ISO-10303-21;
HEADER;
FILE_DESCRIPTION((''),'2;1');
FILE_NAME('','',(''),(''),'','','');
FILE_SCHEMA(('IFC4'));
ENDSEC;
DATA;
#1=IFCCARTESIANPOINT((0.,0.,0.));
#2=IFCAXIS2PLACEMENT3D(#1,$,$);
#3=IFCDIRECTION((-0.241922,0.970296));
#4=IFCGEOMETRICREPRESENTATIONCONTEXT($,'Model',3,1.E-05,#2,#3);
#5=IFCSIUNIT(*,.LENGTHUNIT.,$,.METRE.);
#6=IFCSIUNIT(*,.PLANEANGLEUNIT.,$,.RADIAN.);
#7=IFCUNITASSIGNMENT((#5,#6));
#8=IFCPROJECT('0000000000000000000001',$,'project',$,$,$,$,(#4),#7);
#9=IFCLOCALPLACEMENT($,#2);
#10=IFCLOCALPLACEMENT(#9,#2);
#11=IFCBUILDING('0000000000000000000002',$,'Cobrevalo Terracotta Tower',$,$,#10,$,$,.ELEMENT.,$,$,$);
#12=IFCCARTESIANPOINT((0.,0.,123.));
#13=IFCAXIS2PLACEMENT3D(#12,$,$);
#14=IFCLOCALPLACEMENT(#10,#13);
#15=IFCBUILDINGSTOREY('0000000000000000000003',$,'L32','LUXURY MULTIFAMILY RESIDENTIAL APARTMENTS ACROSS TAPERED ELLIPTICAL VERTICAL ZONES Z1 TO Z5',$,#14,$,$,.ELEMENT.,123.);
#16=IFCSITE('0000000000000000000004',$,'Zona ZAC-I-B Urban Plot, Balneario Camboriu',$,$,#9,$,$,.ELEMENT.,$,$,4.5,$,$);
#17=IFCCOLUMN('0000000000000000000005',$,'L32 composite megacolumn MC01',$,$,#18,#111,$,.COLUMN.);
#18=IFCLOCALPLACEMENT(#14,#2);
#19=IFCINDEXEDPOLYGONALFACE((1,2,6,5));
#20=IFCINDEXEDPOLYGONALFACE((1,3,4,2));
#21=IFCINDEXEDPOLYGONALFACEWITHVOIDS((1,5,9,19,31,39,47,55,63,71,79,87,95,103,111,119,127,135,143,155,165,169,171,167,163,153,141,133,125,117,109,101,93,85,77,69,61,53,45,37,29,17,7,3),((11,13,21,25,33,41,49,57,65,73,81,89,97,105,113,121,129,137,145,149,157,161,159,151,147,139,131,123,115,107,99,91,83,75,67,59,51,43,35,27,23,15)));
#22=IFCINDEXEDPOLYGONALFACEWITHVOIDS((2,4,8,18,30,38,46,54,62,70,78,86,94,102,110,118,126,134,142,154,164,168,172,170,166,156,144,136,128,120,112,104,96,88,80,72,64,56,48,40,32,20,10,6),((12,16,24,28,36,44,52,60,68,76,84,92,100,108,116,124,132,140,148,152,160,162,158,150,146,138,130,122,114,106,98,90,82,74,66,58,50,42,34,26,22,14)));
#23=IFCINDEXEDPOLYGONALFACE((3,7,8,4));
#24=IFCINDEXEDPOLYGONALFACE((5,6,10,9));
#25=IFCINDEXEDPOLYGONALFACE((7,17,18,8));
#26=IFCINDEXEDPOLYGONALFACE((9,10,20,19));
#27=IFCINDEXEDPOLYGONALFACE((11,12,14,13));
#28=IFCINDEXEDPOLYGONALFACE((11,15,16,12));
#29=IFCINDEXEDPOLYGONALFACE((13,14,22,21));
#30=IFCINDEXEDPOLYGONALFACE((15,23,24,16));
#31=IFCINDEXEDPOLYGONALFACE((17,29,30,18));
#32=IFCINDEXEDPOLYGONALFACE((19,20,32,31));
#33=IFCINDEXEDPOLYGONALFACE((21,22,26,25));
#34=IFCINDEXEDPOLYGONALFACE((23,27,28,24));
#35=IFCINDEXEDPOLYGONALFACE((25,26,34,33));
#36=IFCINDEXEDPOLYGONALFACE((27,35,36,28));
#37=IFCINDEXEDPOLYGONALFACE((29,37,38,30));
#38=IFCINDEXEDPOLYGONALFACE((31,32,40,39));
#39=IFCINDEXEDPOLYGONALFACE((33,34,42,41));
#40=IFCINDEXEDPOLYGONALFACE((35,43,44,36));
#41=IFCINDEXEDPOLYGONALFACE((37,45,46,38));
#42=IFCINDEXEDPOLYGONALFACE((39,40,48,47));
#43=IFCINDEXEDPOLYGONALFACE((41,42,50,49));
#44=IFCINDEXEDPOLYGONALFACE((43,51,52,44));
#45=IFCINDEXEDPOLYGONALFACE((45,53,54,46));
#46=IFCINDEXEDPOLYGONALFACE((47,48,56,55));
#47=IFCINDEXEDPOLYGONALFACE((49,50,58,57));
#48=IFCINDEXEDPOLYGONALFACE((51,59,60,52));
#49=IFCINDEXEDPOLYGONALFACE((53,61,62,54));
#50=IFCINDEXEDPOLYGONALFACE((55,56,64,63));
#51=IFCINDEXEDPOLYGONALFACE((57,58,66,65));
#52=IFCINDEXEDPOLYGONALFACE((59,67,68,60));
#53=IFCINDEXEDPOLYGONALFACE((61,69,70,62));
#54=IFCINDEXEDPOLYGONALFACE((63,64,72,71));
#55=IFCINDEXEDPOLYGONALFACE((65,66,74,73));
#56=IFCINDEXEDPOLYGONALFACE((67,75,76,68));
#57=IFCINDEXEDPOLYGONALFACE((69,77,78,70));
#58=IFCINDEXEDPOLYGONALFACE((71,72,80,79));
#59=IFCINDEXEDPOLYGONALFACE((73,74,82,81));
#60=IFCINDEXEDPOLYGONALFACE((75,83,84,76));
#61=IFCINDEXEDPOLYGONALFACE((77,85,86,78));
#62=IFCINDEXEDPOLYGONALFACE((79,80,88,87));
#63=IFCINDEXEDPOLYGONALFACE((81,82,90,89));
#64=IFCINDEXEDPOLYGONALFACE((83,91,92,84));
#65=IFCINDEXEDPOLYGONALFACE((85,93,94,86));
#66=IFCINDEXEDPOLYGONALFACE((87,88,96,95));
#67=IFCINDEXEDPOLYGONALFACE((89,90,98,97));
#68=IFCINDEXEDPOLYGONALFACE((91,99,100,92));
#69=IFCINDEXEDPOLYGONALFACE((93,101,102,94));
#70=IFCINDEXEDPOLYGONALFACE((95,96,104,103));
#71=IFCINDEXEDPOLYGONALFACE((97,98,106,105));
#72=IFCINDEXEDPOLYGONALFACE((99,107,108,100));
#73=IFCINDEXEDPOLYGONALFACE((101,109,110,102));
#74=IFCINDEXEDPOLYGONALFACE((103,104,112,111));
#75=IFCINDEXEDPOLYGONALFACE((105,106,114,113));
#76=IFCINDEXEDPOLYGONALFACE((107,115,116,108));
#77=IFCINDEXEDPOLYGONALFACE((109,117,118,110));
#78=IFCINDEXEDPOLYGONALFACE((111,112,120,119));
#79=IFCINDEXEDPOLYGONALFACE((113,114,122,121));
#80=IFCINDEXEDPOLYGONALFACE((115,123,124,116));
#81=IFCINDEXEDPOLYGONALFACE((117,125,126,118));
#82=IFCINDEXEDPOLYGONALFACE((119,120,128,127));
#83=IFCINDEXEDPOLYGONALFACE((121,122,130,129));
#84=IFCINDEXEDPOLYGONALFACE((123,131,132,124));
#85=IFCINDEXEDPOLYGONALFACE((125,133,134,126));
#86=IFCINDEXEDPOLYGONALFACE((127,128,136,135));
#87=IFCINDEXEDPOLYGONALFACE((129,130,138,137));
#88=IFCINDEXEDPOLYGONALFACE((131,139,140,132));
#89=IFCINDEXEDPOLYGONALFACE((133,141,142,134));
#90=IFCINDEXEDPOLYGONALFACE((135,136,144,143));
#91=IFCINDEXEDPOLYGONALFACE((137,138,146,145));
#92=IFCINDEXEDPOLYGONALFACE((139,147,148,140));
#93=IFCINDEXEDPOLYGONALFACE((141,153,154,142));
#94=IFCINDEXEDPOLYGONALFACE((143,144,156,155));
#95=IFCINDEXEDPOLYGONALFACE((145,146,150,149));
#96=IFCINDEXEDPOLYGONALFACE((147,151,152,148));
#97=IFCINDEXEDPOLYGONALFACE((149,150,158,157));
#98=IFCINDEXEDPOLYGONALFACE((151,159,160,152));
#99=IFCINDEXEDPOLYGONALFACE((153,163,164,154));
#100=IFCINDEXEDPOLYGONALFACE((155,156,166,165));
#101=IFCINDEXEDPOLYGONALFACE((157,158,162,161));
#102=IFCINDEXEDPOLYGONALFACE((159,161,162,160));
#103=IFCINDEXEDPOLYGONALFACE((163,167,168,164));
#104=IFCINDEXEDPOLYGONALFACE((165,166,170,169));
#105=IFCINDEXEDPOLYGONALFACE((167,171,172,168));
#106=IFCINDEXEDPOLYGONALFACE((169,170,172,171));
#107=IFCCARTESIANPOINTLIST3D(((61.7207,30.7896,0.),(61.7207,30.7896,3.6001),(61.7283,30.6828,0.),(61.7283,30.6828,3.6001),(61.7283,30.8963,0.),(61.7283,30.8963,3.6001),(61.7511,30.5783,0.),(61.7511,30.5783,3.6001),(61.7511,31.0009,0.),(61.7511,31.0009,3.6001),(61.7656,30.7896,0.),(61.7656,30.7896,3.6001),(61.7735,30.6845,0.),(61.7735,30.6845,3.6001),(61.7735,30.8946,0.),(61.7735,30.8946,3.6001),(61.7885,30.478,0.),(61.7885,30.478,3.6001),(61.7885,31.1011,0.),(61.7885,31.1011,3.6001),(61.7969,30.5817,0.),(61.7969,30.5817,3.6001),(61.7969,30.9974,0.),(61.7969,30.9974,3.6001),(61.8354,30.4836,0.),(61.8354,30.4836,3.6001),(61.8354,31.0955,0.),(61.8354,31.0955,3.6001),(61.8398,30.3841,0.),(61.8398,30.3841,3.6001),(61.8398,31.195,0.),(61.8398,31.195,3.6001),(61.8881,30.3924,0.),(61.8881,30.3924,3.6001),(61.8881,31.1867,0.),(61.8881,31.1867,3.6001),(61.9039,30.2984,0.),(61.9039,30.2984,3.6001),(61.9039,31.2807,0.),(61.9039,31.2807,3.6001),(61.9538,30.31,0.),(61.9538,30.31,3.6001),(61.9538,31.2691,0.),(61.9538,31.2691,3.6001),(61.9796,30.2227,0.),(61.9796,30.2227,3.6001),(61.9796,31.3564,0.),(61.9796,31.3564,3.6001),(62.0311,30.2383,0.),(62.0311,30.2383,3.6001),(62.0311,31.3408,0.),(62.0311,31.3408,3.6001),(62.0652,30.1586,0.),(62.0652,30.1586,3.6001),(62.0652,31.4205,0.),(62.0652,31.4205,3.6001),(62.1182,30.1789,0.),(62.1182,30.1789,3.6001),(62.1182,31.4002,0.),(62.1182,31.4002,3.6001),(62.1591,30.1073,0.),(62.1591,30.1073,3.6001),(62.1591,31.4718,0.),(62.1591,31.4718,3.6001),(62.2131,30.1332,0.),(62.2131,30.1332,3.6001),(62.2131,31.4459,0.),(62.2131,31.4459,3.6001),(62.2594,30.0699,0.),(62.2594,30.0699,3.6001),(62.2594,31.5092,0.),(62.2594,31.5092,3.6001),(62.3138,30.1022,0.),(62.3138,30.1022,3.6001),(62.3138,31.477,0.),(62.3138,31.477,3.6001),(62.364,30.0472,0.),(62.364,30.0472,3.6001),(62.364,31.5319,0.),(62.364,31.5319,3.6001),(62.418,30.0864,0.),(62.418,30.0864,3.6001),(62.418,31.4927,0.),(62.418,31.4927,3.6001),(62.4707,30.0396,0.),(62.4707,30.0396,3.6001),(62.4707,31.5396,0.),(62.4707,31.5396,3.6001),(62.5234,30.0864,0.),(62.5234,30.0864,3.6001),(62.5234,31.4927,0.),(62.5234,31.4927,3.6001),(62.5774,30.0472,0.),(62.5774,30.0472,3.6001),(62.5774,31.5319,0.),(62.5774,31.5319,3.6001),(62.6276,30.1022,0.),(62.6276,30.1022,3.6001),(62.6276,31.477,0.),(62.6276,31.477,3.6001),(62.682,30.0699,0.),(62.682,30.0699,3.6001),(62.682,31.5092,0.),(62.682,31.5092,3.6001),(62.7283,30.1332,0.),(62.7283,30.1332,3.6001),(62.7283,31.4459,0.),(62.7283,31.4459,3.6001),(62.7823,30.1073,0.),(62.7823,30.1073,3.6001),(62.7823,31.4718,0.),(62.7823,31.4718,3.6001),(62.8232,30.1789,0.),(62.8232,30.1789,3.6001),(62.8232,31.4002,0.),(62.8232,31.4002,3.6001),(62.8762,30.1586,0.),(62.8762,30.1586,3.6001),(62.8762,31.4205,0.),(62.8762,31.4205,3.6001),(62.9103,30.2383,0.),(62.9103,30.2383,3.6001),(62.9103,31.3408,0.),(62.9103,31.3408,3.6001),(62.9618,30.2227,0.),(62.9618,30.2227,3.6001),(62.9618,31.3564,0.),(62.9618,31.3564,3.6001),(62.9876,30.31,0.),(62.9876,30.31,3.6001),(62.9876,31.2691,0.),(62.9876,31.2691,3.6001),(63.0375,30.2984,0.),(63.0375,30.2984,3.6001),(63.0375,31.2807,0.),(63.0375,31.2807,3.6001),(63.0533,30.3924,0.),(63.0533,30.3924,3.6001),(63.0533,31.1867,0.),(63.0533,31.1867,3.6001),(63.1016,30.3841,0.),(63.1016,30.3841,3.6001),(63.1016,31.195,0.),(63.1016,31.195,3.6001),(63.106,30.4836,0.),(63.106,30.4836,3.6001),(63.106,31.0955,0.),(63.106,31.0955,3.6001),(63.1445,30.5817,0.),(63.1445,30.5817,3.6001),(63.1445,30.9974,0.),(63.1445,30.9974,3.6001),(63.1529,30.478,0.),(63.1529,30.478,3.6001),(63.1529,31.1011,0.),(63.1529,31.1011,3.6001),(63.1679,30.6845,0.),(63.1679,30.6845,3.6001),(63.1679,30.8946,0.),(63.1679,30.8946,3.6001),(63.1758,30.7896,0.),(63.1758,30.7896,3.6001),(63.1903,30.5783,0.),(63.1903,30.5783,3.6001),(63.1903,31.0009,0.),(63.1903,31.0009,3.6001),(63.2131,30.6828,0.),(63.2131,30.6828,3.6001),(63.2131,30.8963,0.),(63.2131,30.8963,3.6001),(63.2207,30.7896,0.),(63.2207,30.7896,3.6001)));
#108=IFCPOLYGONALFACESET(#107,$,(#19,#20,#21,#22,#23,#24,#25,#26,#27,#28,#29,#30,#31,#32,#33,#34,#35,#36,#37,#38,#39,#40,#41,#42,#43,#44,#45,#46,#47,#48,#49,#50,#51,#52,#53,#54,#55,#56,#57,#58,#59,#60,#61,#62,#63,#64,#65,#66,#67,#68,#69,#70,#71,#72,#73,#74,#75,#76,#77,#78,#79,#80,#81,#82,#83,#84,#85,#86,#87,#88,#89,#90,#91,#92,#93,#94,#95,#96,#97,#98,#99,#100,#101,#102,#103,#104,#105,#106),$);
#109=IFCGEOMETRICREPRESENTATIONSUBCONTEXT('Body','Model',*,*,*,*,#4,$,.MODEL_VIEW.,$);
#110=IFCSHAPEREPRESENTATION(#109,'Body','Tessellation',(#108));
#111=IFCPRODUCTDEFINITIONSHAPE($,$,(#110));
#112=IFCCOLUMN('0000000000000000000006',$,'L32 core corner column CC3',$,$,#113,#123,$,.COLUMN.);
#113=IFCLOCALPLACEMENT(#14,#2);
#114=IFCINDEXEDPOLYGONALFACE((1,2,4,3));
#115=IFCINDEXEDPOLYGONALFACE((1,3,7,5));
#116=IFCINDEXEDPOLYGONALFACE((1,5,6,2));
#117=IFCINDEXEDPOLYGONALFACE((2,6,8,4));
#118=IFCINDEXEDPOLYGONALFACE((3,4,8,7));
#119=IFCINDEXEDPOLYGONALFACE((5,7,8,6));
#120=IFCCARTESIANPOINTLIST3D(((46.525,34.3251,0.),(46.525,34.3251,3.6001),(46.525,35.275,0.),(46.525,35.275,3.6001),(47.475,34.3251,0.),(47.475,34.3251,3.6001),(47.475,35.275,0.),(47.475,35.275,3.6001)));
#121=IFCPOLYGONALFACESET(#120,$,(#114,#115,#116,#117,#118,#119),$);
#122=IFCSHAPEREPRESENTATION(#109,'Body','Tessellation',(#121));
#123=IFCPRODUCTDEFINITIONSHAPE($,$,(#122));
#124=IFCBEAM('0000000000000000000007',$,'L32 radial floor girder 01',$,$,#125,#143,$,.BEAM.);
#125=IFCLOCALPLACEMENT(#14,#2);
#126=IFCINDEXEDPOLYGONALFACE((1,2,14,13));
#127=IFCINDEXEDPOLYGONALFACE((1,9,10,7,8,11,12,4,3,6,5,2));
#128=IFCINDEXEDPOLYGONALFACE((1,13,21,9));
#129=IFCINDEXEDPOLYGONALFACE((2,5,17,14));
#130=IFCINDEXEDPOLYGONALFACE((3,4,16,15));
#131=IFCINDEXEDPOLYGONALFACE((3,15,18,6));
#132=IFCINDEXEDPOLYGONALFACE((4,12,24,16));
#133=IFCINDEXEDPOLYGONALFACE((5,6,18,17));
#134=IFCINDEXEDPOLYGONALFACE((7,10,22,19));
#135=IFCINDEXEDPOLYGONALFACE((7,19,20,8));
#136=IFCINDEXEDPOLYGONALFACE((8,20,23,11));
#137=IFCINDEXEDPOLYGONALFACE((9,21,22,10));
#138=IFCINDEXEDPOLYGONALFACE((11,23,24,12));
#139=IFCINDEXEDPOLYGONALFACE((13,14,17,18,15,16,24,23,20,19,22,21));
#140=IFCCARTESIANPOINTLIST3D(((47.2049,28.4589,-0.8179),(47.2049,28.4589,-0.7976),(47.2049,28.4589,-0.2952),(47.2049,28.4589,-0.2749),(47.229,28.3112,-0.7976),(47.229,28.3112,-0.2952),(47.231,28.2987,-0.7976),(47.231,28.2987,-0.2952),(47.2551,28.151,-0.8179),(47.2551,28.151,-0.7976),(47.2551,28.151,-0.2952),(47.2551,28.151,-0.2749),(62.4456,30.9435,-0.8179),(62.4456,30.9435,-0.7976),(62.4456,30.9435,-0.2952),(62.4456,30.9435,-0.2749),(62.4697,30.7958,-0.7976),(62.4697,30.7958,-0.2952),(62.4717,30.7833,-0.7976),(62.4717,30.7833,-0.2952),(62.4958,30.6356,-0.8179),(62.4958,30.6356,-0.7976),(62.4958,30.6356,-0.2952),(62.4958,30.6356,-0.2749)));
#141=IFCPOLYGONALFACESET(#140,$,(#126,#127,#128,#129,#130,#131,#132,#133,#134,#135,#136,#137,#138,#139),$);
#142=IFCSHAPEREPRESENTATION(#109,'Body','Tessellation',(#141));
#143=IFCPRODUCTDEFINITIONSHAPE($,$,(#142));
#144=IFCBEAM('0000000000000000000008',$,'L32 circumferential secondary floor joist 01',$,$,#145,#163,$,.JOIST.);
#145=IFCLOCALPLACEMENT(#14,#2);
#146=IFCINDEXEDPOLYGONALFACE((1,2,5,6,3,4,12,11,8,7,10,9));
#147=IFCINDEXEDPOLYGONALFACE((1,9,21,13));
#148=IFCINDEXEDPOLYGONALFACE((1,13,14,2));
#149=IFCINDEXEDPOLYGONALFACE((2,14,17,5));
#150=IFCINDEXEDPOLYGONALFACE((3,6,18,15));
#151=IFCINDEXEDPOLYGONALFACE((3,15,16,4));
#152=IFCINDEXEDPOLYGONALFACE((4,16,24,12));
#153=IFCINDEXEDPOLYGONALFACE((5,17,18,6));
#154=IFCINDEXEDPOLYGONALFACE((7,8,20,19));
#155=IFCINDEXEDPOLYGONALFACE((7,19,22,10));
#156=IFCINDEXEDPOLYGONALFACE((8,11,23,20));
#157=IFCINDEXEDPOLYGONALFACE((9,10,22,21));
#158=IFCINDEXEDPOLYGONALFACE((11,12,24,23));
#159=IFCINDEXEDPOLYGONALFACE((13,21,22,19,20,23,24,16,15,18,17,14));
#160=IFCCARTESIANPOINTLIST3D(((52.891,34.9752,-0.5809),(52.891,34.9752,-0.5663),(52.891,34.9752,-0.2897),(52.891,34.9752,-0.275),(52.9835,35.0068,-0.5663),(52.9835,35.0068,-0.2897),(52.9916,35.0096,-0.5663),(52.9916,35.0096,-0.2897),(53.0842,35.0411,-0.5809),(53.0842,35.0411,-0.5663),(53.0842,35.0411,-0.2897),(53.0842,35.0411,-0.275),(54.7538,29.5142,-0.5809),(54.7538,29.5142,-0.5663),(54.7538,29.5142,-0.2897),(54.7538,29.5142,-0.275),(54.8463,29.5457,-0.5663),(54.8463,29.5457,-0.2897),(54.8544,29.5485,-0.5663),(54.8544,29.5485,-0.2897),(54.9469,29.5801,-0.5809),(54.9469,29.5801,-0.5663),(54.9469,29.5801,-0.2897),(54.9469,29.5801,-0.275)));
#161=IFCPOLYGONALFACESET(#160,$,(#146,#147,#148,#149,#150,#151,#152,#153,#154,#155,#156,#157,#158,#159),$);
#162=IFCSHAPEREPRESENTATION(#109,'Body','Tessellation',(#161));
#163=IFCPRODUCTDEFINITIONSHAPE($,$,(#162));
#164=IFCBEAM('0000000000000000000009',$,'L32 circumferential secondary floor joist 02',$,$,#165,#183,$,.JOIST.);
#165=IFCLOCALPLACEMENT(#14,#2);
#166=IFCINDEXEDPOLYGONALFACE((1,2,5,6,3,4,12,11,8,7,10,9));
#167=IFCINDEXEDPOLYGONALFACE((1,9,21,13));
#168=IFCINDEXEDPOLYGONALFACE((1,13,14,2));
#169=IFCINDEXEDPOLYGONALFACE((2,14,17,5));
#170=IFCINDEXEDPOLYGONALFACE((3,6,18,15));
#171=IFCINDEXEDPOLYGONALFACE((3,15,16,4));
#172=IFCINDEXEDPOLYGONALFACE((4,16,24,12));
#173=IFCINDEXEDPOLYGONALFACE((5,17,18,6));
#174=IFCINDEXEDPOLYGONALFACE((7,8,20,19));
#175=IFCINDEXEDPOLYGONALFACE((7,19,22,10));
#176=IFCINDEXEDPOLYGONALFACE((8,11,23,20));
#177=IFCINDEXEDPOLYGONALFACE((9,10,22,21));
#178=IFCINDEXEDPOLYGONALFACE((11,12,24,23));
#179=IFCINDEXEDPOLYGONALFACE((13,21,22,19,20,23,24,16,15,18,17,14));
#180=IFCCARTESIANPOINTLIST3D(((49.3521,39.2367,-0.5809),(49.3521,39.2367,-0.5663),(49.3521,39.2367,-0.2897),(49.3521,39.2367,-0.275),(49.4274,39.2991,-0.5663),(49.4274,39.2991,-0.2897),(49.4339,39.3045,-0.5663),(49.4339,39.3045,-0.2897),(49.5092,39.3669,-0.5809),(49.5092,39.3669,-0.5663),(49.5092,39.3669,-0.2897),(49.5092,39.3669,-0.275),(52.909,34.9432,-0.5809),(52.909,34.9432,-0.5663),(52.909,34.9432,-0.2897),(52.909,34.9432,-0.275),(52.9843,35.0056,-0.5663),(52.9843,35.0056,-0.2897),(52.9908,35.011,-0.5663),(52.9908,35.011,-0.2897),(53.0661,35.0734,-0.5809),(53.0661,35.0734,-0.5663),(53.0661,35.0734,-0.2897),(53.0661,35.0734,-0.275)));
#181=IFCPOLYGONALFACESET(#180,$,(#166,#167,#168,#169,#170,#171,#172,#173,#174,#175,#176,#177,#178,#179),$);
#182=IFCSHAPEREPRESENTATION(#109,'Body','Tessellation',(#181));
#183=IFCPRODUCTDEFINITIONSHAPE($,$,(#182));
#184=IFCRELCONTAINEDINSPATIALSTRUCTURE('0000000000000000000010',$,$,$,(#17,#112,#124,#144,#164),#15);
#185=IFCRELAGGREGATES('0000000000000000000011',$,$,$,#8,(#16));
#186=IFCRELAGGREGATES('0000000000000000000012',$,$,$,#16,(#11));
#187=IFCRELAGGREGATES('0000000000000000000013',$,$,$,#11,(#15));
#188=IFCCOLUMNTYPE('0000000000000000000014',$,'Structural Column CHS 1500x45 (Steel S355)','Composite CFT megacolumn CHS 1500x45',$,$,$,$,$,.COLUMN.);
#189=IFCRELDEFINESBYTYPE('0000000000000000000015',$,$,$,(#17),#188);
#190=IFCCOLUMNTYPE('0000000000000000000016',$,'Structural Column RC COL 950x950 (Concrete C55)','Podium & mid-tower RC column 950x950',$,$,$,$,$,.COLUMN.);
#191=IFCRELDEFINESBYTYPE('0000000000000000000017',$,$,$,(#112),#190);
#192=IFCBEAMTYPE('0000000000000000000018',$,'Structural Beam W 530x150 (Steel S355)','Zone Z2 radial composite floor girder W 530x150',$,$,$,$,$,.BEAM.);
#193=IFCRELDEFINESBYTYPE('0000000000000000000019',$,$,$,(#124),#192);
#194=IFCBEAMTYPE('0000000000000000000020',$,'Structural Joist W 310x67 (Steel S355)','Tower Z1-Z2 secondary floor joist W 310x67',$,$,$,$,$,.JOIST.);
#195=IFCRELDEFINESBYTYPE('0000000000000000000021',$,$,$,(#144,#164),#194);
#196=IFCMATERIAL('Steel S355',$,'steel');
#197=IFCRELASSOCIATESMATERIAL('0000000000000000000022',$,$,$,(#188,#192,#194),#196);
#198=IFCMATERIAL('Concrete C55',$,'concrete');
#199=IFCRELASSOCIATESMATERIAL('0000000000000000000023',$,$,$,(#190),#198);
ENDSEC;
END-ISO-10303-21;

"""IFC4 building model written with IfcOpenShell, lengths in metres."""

from ifc_helpers import new_model, si_unit, direction, frame, origin, origin_2d, place, context, subcontext, project, spatial, rectangle, hollow_circle, i_section, extrude, material, material_profile, profile_set, type_object, element, save


model = new_model("IFC4")

# Units and contexts
model_context = context("Model", 3, precision=1e-05, world=origin(), true_north=direction((-0.241922, 0.970296)))
body_context = subcontext(model_context, "Body", "Model", "MODEL_VIEW")
ifc_project = project(units=[si_unit("LENGTHUNIT", "METRE"), si_unit("PLANEANGLEUNIT", "RADIAN")], contexts=[model_context])

# Site, building, storey
site_placement = place(None, origin())
site = spatial("IfcSite", under=ifc_project, at=site_placement, Name="Zona ZAC-I-B Urban Plot, Balneario Camboriu", CompositionType="ELEMENT", RefElevation=4.5)
building_placement = place(site_placement, origin())
building = spatial("IfcBuilding", under=site, at=building_placement, Name="Cobrevalo Terracotta Tower", CompositionType="ELEMENT")
storey_placement = place(building_placement, frame((0.0, 0.0, 123.0)))
storey = spatial("IfcBuildingStorey", under=building, at=storey_placement, Name="L32", Description="LUXURY MULTIFAMILY RESIDENTIAL APARTMENTS ACROSS TAPERED ELLIPTICAL VERTICAL ZONES Z1 TO Z5", CompositionType="ELEMENT", Elevation=123.0)

# Columns
ifc_material_1 = material(Name="Steel S355", Category="steel")
ifc_material_profile_1 = material_profile(ifc_material_1, hollow_circle(Radius=0.75, WallThickness=0.0449, at=origin_2d()), Name="CHS 1500x45")
ifc_profile_set_1 = profile_set([ifc_material_profile_1], Name="Steel S355")
column_type_1 = type_object("IfcColumnType", Name="Structural Column CHS 1500x45 (Steel S355)", Description="Composite CFT megacolumn CHS 1500x45", PredefinedType="COLUMN", material=ifc_profile_set_1)
column_1_placement = place(storey_placement, frame((62.4707, 30.7896, 0.0), z_axis=(0.0, 0.0, 1.0), x_axis=(1.0, 0.0, 0.0)))
element("IfcColumn", 1, at=column_1_placement, inside=storey, type_object=column_type_1, Name="L32 composite megacolumn MC01", PredefinedType="COLUMN", context=body_context, shape_type="SweptSolid", body=[
    extrude(hollow_circle(Radius=0.75, WallThickness=0.0449, at=origin_2d()), origin(), (0.0, 0.0, 1.0), 3.6001),
])
ifc_material_2 = material(Name="Concrete C55", Category="concrete")
ifc_material_profile_2 = material_profile(ifc_material_2, rectangle(XDim=0.95, YDim=0.95, at=origin_2d()), Name="RC COL 950x950")
ifc_profile_set_2 = profile_set([ifc_material_profile_2], Name="Concrete C55")
column_type_2 = type_object("IfcColumnType", Name="Structural Column RC COL 950x950 (Concrete C55)", Description="Podium & mid-tower RC column 950x950", PredefinedType="COLUMN", material=ifc_profile_set_2)
column_2_placement = place(storey_placement, frame((47.0, 34.8, 0.0), z_axis=(0.0, 0.0, 1.0), x_axis=(1.0, 0.0, 0.0)))
element("IfcColumn", 2, at=column_2_placement, inside=storey, type_object=column_type_2, Name="L32 core corner column CC3", PredefinedType="COLUMN", context=body_context, shape_type="SweptSolid", body=[
    extrude(rectangle(XDim=0.95, YDim=0.95, at=origin_2d()), origin(), (0.0, 0.0, 1.0), 3.6001),
])

# Beams
ifc_material_profile_3 = material_profile(ifc_material_1, i_section(OverallWidth=0.312, OverallDepth=0.543, WebThickness=0.0127, FlangeThickness=0.0203, at=origin_2d()), Name="W 530x150")
ifc_profile_set_3 = profile_set([ifc_material_profile_3], Name="Steel S355")
beam_type_1 = type_object("IfcBeamType", Name="Structural Beam W 530x150 (Steel S355)", Description="Zone Z2 radial composite floor girder W 530x150", PredefinedType="BEAM", material=ifc_profile_set_3)
beam_1_placement = place(storey_placement, frame((62.4707, 30.7896, -0.5464), z_axis=(-0.986971, -0.160901, 0.0), x_axis=(0.160901, -0.986971, 0.0)))
element("IfcBeam", 3, at=beam_1_placement, inside=storey, type_object=beam_type_1, Name="L32 radial floor girder 01", PredefinedType="BEAM", context=body_context, shape_type="SweptSolid", body=[
    extrude(i_section(OverallWidth=0.312, OverallDepth=0.543, WebThickness=0.0127, FlangeThickness=0.0203, at=origin_2d()), origin(), (0.0, 0.0, 1.0), 15.4419),
])
ifc_material_profile_4 = material_profile(ifc_material_1, i_section(OverallWidth=0.2041, OverallDepth=0.3059, WebThickness=0.0085, FlangeThickness=0.0146, at=origin_2d()), Name="W 310x67")
ifc_profile_set_4 = profile_set([ifc_material_profile_4], Name="Steel S355")
beam_type_2 = type_object("IfcBeamType", Name="Structural Joist W 310x67 (Steel S355)", Description="Tower Z1-Z2 secondary floor joist W 310x67", PredefinedType="JOIST", material=ifc_profile_set_4)
beam_2_placement = place(storey_placement, frame((54.8503, 29.5471, -0.428), z_axis=(-0.322833, 0.946456, 0.0), x_axis=(-0.946456, -0.322833, 0.0)))
element("IfcBeam", 4, at=beam_2_placement, inside=storey, type_object=beam_type_2, Name="L32 circumferential secondary floor joist 01", PredefinedType="JOIST", context=body_context, shape_type="SweptSolid", body=[
    extrude(i_section(OverallWidth=0.2041, OverallDepth=0.3059, WebThickness=0.0085, FlangeThickness=0.0146, at=origin_2d()), origin(), (0.0, 0.0, 1.0), 5.77),
])
beam_3_placement = place(storey_placement, frame((52.9875, 35.0083, -0.428), z_axis=(-0.637959, 0.77007, 0.0), x_axis=(-0.77007, -0.637959, 0.0)))
element("IfcBeam", 5, at=beam_3_placement, inside=storey, type_object=beam_type_2, Name="L32 circumferential secondary floor joist 02", PredefinedType="JOIST", context=body_context, shape_type="SweptSolid", body=[
    extrude(i_section(OverallWidth=0.2041, OverallDepth=0.3059, WebThickness=0.0085, FlangeThickness=0.0146, at=origin_2d()), origin(), (0.0, 0.0, 1.0), 5.5754),
])

save(model, "model.ifc")
